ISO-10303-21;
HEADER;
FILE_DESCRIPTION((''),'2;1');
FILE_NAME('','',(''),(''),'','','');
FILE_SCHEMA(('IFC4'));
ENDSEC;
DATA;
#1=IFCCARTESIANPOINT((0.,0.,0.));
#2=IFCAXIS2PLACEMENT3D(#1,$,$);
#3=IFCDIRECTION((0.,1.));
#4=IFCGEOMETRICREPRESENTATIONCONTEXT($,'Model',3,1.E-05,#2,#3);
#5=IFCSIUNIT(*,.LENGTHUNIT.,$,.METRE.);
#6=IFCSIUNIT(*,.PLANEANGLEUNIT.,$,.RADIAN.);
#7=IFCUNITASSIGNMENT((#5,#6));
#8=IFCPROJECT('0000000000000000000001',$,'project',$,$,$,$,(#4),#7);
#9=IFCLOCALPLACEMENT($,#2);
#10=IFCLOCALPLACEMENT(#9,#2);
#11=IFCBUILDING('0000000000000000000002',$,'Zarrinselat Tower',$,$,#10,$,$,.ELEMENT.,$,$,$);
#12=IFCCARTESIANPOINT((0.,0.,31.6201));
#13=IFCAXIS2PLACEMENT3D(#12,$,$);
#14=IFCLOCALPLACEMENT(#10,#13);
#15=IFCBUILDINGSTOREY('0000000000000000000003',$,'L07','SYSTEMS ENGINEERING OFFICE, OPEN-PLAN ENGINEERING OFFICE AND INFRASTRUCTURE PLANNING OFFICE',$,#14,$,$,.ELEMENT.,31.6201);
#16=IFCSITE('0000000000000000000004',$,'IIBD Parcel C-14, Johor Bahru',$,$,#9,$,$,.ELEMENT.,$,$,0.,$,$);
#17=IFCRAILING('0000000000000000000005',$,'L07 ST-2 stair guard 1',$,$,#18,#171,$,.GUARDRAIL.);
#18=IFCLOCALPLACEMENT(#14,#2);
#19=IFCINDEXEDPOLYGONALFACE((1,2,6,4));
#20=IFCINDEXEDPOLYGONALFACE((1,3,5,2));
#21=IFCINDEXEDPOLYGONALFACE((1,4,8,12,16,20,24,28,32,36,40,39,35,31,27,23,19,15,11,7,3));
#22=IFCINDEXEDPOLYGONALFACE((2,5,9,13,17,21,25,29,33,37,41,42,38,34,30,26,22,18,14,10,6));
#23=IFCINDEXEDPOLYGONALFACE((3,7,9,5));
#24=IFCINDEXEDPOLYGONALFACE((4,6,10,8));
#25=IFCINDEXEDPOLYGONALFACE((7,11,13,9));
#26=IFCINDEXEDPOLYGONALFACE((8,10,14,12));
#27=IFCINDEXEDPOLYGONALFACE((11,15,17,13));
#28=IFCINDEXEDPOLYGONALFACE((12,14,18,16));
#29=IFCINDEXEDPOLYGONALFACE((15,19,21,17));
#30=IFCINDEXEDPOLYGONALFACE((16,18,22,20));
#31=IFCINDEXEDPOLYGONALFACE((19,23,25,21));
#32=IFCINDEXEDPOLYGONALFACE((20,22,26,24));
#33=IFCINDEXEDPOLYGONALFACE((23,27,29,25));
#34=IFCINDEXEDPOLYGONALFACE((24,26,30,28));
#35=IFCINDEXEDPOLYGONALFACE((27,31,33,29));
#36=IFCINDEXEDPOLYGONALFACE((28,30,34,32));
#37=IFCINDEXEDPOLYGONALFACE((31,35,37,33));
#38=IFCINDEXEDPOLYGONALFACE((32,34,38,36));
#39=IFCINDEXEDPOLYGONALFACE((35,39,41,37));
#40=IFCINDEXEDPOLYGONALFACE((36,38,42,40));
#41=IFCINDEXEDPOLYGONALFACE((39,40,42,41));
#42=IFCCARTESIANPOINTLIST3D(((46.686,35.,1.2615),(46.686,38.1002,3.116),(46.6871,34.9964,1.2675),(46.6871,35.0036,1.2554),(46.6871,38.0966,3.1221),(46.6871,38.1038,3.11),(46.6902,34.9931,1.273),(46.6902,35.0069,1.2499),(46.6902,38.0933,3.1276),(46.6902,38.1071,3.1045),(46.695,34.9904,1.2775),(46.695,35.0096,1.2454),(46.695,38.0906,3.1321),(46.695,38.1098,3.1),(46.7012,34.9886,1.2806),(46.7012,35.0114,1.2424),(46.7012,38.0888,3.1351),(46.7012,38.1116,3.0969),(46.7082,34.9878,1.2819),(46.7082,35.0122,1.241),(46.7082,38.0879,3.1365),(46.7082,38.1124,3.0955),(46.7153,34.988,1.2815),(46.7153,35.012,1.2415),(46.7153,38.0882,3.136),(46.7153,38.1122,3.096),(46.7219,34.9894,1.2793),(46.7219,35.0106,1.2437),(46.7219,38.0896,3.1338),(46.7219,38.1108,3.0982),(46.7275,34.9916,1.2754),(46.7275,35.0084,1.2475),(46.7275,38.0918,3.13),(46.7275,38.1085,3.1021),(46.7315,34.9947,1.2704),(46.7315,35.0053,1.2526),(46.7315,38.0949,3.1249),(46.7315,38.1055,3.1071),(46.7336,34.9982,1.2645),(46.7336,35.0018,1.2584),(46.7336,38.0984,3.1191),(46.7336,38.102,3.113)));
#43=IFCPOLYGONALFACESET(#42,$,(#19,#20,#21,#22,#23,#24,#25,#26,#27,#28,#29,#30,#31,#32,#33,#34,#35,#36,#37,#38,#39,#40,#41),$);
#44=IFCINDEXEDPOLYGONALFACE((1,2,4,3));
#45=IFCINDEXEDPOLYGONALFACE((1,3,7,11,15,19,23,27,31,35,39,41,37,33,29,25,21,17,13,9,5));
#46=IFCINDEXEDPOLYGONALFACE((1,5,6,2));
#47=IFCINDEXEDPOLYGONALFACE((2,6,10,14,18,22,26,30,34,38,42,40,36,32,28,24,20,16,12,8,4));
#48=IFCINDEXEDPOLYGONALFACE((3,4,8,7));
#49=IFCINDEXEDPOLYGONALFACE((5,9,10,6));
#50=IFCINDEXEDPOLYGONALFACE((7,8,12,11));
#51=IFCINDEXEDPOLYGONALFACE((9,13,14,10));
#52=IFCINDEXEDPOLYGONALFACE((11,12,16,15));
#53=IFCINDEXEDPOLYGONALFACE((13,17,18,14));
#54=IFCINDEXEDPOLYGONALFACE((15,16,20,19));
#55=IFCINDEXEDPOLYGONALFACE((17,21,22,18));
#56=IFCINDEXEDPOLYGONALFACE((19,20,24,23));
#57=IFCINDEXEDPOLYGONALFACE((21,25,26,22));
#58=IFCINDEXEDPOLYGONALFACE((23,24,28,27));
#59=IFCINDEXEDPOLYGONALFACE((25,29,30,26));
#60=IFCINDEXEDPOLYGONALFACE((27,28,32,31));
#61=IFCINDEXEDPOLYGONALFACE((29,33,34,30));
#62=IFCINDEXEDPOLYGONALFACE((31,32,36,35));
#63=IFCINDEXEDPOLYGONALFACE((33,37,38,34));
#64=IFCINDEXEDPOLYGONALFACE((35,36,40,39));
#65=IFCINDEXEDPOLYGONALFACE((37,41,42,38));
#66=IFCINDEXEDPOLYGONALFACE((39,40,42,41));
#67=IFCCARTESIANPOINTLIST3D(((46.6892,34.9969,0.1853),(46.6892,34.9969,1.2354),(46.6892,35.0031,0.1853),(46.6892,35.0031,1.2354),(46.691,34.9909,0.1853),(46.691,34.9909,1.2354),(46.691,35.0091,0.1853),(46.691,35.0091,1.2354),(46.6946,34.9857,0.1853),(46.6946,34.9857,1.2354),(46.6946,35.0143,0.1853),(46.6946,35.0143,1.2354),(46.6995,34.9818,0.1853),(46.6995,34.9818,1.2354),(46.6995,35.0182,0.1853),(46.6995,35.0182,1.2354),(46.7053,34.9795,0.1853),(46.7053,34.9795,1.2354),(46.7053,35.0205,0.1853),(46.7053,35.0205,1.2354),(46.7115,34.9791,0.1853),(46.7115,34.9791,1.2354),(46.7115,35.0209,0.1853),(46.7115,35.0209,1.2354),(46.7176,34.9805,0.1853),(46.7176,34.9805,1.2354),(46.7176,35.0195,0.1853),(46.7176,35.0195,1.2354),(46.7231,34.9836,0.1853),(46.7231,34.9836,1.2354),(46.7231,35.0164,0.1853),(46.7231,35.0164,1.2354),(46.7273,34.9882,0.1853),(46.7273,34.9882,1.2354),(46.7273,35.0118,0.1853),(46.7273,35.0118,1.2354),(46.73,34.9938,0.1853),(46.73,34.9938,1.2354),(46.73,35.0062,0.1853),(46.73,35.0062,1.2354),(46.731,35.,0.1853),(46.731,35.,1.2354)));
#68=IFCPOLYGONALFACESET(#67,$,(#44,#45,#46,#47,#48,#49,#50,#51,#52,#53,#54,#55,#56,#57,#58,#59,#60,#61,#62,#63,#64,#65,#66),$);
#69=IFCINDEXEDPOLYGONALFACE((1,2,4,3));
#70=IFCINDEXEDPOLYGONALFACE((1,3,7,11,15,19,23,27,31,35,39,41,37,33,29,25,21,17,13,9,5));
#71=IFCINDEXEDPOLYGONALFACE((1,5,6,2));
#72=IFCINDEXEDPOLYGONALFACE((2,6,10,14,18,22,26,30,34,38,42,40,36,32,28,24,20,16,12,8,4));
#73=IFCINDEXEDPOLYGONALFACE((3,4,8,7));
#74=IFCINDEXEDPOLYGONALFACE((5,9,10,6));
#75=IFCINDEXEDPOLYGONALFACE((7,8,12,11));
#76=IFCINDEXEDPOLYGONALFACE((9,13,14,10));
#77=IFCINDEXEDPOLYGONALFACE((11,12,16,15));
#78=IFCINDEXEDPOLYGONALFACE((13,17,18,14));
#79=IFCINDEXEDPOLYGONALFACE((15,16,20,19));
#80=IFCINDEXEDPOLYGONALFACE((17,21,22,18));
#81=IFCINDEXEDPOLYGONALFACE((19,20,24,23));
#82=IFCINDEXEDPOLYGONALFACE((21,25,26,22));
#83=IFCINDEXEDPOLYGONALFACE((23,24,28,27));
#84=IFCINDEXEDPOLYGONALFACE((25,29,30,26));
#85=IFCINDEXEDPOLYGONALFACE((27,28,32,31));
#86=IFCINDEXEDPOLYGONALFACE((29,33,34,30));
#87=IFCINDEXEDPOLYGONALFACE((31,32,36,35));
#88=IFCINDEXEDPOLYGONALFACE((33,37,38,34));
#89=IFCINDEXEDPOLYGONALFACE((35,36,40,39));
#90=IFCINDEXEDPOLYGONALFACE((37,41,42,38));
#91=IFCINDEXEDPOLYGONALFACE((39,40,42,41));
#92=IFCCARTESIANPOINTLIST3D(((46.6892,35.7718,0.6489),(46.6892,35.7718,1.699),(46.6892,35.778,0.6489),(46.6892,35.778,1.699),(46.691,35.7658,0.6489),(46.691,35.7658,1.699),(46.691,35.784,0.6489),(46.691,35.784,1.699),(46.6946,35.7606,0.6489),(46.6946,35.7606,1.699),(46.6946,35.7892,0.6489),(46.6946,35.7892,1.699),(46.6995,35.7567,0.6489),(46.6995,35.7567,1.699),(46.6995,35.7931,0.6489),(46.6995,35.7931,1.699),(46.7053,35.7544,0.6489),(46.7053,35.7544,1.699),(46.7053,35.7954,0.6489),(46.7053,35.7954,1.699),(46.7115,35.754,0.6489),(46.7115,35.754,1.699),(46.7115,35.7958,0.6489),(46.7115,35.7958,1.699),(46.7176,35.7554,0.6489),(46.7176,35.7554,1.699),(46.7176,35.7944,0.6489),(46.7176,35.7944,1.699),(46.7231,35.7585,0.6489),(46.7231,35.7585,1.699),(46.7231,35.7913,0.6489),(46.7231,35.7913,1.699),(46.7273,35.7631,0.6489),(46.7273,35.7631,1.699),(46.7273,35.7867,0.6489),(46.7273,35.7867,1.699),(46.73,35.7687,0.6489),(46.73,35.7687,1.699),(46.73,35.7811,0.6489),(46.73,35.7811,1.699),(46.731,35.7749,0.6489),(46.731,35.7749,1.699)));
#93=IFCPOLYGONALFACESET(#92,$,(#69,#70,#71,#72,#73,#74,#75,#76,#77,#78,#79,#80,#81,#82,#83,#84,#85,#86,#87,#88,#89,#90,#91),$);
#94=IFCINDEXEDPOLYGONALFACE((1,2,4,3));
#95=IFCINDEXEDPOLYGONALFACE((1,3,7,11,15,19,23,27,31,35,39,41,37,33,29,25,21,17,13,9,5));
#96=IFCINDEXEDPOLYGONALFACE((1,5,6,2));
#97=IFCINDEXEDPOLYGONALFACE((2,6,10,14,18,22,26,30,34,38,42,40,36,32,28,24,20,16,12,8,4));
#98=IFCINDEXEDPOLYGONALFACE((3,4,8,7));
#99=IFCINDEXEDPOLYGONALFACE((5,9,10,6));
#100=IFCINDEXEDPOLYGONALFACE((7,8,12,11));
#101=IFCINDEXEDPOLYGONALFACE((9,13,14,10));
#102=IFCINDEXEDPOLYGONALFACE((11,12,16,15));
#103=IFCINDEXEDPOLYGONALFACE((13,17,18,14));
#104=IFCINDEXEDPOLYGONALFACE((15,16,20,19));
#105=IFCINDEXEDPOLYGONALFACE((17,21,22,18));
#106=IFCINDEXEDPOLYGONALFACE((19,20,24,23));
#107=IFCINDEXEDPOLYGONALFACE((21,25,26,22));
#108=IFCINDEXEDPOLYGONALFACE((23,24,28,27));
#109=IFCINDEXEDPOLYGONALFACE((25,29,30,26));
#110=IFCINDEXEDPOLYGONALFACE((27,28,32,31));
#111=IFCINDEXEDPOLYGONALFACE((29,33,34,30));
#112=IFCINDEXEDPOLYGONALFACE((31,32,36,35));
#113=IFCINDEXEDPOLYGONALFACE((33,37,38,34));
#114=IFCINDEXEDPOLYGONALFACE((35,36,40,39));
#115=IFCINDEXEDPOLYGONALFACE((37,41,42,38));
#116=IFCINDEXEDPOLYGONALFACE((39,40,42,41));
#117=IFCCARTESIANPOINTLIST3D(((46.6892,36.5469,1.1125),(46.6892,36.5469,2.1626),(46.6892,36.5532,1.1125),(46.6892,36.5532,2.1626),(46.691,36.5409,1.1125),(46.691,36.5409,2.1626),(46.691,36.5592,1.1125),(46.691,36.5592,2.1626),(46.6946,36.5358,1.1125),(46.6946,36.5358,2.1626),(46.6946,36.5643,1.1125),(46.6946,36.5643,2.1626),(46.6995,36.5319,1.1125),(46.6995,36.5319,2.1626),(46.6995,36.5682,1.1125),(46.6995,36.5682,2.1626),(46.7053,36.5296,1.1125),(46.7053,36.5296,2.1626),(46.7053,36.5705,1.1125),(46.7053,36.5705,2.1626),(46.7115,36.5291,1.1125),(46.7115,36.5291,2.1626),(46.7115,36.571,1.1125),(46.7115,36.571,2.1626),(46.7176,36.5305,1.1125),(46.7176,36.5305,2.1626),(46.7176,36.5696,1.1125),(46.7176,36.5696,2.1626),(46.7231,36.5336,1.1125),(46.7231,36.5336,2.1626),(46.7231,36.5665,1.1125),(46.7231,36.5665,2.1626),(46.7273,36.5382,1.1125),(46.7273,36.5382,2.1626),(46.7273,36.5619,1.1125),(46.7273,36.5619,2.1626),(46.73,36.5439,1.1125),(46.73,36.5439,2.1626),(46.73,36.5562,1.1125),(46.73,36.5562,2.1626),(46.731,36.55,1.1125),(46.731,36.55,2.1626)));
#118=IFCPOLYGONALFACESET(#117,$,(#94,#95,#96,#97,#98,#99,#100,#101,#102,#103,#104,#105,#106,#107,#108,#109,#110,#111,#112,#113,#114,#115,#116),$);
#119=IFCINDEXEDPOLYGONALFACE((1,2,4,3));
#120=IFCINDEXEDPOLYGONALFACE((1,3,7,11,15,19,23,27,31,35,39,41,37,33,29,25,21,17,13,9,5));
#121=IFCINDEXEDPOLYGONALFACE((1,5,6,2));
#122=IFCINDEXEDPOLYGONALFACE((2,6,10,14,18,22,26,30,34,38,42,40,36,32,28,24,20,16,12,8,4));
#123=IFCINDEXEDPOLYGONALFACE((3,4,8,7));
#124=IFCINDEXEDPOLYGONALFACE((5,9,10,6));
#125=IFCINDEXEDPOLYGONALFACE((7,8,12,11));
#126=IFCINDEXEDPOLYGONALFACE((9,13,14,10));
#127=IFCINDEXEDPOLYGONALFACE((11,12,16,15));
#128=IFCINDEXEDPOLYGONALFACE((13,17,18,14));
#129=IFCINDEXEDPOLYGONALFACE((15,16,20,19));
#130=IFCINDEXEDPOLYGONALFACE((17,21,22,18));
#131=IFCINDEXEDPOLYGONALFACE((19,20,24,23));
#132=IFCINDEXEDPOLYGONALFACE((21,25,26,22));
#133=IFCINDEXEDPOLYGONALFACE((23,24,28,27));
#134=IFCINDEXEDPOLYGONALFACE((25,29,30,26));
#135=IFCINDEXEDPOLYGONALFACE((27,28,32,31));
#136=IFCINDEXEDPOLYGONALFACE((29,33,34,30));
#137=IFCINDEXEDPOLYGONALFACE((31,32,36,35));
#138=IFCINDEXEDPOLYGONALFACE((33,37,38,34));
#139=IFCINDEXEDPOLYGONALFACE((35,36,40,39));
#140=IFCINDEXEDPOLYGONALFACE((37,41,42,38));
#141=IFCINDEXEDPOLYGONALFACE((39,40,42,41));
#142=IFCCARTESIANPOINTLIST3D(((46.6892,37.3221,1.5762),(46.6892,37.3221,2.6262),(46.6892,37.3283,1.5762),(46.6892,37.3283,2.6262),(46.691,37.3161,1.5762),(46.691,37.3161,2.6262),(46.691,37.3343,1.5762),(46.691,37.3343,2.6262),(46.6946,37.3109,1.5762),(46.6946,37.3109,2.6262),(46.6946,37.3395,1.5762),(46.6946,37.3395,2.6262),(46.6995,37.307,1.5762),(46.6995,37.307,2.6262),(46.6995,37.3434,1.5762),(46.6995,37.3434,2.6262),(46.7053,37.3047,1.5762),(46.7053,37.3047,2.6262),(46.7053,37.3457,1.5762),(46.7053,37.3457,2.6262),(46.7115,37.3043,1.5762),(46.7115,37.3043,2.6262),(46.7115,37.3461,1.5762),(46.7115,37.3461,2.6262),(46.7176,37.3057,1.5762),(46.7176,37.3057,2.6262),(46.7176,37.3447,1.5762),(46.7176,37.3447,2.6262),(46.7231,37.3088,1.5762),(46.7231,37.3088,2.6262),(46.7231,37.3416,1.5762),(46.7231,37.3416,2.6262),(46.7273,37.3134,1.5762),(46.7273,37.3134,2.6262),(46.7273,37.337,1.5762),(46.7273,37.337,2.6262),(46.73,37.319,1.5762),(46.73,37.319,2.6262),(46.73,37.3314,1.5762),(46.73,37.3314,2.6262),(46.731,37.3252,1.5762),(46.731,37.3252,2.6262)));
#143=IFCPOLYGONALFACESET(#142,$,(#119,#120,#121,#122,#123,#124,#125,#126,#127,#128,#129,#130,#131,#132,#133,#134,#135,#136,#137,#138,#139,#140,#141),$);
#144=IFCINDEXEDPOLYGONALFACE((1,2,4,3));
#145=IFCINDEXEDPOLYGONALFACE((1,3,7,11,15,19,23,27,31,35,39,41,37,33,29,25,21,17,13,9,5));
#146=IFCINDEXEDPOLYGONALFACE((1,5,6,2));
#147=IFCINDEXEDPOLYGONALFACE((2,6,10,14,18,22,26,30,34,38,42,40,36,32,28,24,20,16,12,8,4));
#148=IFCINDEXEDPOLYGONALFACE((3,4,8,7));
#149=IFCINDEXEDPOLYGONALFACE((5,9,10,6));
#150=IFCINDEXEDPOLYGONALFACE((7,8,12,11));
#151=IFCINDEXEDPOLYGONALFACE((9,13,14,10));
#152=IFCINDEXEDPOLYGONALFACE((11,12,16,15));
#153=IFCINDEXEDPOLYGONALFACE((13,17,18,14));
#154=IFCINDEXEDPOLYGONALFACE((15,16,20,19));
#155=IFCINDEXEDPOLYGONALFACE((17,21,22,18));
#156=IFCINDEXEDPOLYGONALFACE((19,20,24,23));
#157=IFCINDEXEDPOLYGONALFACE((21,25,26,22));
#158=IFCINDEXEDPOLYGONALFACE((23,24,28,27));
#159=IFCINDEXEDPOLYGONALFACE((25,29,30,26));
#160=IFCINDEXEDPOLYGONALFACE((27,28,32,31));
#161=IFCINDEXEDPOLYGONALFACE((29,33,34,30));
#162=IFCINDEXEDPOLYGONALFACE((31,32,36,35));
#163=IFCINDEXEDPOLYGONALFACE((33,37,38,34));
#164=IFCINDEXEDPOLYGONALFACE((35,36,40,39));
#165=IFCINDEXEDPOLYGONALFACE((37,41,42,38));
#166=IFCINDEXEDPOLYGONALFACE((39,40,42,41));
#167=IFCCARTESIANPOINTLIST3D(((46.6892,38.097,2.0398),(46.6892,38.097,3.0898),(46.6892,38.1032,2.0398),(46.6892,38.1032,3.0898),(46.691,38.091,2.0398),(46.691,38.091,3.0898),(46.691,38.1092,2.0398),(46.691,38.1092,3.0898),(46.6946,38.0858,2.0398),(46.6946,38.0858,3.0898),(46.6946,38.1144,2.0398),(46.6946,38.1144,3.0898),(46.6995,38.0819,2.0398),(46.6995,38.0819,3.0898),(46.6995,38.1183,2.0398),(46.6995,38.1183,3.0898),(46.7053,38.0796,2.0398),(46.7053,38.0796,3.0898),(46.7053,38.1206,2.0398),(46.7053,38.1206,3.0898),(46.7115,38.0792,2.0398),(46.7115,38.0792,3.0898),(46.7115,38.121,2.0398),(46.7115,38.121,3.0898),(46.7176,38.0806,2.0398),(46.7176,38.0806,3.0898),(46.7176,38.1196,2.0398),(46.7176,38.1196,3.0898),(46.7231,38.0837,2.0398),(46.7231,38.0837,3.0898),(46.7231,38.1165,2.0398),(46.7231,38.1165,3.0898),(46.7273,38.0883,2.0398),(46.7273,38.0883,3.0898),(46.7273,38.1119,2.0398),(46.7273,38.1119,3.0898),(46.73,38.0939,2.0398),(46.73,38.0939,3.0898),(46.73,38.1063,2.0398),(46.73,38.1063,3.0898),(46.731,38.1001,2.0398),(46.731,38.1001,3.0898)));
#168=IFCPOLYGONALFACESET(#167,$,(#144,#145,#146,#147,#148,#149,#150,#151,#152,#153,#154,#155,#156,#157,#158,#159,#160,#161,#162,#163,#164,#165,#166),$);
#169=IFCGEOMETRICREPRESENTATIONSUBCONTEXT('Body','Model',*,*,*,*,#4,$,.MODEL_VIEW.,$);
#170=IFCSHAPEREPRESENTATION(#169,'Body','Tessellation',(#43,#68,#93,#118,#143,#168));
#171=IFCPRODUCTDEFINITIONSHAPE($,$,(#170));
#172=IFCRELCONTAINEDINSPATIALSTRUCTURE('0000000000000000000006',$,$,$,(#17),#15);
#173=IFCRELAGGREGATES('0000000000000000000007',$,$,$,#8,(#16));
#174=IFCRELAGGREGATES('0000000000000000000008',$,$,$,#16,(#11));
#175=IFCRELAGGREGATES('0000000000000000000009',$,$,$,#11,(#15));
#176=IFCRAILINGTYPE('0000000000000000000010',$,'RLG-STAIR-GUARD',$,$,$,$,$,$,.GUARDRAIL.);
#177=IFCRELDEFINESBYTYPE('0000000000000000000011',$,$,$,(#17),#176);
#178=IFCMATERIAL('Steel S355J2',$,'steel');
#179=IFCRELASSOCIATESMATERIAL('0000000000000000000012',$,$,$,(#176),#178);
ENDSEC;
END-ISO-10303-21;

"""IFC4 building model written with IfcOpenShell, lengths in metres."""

from ifc_helpers import new_model, si_unit, direction, frame, origin, origin_2d, place, context, subcontext, project, spatial, circle, extrude, material, type_object, element, save


model = new_model("IFC4")

# Units and contexts
model_context = context("Model", 3, precision=1e-05, world=origin(), true_north=direction((0.0, 1.0)))
body_context = subcontext(model_context, "Body", "Model", "MODEL_VIEW")
ifc_project = project(units=[si_unit("LENGTHUNIT", "METRE"), si_unit("PLANEANGLEUNIT", "RADIAN")], contexts=[model_context])

# Site, building, storey
site_placement = place(None, origin())
site = spatial("IfcSite", under=ifc_project, at=site_placement, Name="IIBD Parcel C-14, Johor Bahru", CompositionType="ELEMENT", RefElevation=0.0)
building_placement = place(site_placement, origin())
building = spatial("IfcBuilding", under=site, at=building_placement, Name="Zarrinselat Tower", CompositionType="ELEMENT")
storey_placement = place(building_placement, frame((0.0, 0.0, 31.6201)))
storey = spatial("IfcBuildingStorey", under=building, at=storey_placement, Name="L07", Description="SYSTEMS ENGINEERING OFFICE, OPEN-PLAN ENGINEERING OFFICE AND INFRASTRUCTURE PLANNING OFFICE", CompositionType="ELEMENT", Elevation=31.6201)

# Railing
ifc_material_1 = material(Name="Steel S355J2", Category="steel")
railing_type_1 = type_object("IfcRailingType", Name="RLG-STAIR-GUARD", PredefinedType="GUARDRAIL", material=ifc_material_1)
railing_1_placement = place(storey_placement, frame((46.71, 35.0, 0.1853)))
element("IfcRailing", 1, at=railing_1_placement, inside=storey, type_object=railing_type_1, Name="L07 ST-2 stair guard 1", PredefinedType="GUARDRAIL", context=body_context, shape_type="SweptSolid", body=[
    extrude(circle(Radius=0.0239, at=origin_2d()), frame((0.0, 0.0, 1.0762), z_axis=(0.0, 0.858172, 0.513362), x_axis=(-1.0, 0.0, 0.0)), (0.0, 0.0, 1.0), 3.6125),
    extrude(circle(Radius=0.021, at=origin_2d()), origin(), (0.0, 0.0, 1.0), 1.05),
    extrude(circle(Radius=0.021, at=origin_2d()), frame((0.0, 0.7749, 0.4636)), (0.0, 0.0, 1.0), 1.05),
    extrude(circle(Radius=0.021, at=origin_2d()), frame((0.0, 1.55, 0.9272)), (0.0, 0.0, 1.0), 1.05),
    extrude(circle(Radius=0.021, at=origin_2d()), frame((0.0, 2.3252, 1.3909)), (0.0, 0.0, 1.0), 1.05),
    extrude(circle(Radius=0.021, at=origin_2d()), frame((0.0, 3.1001, 1.8545)), (0.0, 0.0, 1.0), 1.05),
])

save(model, "model.ifc")
